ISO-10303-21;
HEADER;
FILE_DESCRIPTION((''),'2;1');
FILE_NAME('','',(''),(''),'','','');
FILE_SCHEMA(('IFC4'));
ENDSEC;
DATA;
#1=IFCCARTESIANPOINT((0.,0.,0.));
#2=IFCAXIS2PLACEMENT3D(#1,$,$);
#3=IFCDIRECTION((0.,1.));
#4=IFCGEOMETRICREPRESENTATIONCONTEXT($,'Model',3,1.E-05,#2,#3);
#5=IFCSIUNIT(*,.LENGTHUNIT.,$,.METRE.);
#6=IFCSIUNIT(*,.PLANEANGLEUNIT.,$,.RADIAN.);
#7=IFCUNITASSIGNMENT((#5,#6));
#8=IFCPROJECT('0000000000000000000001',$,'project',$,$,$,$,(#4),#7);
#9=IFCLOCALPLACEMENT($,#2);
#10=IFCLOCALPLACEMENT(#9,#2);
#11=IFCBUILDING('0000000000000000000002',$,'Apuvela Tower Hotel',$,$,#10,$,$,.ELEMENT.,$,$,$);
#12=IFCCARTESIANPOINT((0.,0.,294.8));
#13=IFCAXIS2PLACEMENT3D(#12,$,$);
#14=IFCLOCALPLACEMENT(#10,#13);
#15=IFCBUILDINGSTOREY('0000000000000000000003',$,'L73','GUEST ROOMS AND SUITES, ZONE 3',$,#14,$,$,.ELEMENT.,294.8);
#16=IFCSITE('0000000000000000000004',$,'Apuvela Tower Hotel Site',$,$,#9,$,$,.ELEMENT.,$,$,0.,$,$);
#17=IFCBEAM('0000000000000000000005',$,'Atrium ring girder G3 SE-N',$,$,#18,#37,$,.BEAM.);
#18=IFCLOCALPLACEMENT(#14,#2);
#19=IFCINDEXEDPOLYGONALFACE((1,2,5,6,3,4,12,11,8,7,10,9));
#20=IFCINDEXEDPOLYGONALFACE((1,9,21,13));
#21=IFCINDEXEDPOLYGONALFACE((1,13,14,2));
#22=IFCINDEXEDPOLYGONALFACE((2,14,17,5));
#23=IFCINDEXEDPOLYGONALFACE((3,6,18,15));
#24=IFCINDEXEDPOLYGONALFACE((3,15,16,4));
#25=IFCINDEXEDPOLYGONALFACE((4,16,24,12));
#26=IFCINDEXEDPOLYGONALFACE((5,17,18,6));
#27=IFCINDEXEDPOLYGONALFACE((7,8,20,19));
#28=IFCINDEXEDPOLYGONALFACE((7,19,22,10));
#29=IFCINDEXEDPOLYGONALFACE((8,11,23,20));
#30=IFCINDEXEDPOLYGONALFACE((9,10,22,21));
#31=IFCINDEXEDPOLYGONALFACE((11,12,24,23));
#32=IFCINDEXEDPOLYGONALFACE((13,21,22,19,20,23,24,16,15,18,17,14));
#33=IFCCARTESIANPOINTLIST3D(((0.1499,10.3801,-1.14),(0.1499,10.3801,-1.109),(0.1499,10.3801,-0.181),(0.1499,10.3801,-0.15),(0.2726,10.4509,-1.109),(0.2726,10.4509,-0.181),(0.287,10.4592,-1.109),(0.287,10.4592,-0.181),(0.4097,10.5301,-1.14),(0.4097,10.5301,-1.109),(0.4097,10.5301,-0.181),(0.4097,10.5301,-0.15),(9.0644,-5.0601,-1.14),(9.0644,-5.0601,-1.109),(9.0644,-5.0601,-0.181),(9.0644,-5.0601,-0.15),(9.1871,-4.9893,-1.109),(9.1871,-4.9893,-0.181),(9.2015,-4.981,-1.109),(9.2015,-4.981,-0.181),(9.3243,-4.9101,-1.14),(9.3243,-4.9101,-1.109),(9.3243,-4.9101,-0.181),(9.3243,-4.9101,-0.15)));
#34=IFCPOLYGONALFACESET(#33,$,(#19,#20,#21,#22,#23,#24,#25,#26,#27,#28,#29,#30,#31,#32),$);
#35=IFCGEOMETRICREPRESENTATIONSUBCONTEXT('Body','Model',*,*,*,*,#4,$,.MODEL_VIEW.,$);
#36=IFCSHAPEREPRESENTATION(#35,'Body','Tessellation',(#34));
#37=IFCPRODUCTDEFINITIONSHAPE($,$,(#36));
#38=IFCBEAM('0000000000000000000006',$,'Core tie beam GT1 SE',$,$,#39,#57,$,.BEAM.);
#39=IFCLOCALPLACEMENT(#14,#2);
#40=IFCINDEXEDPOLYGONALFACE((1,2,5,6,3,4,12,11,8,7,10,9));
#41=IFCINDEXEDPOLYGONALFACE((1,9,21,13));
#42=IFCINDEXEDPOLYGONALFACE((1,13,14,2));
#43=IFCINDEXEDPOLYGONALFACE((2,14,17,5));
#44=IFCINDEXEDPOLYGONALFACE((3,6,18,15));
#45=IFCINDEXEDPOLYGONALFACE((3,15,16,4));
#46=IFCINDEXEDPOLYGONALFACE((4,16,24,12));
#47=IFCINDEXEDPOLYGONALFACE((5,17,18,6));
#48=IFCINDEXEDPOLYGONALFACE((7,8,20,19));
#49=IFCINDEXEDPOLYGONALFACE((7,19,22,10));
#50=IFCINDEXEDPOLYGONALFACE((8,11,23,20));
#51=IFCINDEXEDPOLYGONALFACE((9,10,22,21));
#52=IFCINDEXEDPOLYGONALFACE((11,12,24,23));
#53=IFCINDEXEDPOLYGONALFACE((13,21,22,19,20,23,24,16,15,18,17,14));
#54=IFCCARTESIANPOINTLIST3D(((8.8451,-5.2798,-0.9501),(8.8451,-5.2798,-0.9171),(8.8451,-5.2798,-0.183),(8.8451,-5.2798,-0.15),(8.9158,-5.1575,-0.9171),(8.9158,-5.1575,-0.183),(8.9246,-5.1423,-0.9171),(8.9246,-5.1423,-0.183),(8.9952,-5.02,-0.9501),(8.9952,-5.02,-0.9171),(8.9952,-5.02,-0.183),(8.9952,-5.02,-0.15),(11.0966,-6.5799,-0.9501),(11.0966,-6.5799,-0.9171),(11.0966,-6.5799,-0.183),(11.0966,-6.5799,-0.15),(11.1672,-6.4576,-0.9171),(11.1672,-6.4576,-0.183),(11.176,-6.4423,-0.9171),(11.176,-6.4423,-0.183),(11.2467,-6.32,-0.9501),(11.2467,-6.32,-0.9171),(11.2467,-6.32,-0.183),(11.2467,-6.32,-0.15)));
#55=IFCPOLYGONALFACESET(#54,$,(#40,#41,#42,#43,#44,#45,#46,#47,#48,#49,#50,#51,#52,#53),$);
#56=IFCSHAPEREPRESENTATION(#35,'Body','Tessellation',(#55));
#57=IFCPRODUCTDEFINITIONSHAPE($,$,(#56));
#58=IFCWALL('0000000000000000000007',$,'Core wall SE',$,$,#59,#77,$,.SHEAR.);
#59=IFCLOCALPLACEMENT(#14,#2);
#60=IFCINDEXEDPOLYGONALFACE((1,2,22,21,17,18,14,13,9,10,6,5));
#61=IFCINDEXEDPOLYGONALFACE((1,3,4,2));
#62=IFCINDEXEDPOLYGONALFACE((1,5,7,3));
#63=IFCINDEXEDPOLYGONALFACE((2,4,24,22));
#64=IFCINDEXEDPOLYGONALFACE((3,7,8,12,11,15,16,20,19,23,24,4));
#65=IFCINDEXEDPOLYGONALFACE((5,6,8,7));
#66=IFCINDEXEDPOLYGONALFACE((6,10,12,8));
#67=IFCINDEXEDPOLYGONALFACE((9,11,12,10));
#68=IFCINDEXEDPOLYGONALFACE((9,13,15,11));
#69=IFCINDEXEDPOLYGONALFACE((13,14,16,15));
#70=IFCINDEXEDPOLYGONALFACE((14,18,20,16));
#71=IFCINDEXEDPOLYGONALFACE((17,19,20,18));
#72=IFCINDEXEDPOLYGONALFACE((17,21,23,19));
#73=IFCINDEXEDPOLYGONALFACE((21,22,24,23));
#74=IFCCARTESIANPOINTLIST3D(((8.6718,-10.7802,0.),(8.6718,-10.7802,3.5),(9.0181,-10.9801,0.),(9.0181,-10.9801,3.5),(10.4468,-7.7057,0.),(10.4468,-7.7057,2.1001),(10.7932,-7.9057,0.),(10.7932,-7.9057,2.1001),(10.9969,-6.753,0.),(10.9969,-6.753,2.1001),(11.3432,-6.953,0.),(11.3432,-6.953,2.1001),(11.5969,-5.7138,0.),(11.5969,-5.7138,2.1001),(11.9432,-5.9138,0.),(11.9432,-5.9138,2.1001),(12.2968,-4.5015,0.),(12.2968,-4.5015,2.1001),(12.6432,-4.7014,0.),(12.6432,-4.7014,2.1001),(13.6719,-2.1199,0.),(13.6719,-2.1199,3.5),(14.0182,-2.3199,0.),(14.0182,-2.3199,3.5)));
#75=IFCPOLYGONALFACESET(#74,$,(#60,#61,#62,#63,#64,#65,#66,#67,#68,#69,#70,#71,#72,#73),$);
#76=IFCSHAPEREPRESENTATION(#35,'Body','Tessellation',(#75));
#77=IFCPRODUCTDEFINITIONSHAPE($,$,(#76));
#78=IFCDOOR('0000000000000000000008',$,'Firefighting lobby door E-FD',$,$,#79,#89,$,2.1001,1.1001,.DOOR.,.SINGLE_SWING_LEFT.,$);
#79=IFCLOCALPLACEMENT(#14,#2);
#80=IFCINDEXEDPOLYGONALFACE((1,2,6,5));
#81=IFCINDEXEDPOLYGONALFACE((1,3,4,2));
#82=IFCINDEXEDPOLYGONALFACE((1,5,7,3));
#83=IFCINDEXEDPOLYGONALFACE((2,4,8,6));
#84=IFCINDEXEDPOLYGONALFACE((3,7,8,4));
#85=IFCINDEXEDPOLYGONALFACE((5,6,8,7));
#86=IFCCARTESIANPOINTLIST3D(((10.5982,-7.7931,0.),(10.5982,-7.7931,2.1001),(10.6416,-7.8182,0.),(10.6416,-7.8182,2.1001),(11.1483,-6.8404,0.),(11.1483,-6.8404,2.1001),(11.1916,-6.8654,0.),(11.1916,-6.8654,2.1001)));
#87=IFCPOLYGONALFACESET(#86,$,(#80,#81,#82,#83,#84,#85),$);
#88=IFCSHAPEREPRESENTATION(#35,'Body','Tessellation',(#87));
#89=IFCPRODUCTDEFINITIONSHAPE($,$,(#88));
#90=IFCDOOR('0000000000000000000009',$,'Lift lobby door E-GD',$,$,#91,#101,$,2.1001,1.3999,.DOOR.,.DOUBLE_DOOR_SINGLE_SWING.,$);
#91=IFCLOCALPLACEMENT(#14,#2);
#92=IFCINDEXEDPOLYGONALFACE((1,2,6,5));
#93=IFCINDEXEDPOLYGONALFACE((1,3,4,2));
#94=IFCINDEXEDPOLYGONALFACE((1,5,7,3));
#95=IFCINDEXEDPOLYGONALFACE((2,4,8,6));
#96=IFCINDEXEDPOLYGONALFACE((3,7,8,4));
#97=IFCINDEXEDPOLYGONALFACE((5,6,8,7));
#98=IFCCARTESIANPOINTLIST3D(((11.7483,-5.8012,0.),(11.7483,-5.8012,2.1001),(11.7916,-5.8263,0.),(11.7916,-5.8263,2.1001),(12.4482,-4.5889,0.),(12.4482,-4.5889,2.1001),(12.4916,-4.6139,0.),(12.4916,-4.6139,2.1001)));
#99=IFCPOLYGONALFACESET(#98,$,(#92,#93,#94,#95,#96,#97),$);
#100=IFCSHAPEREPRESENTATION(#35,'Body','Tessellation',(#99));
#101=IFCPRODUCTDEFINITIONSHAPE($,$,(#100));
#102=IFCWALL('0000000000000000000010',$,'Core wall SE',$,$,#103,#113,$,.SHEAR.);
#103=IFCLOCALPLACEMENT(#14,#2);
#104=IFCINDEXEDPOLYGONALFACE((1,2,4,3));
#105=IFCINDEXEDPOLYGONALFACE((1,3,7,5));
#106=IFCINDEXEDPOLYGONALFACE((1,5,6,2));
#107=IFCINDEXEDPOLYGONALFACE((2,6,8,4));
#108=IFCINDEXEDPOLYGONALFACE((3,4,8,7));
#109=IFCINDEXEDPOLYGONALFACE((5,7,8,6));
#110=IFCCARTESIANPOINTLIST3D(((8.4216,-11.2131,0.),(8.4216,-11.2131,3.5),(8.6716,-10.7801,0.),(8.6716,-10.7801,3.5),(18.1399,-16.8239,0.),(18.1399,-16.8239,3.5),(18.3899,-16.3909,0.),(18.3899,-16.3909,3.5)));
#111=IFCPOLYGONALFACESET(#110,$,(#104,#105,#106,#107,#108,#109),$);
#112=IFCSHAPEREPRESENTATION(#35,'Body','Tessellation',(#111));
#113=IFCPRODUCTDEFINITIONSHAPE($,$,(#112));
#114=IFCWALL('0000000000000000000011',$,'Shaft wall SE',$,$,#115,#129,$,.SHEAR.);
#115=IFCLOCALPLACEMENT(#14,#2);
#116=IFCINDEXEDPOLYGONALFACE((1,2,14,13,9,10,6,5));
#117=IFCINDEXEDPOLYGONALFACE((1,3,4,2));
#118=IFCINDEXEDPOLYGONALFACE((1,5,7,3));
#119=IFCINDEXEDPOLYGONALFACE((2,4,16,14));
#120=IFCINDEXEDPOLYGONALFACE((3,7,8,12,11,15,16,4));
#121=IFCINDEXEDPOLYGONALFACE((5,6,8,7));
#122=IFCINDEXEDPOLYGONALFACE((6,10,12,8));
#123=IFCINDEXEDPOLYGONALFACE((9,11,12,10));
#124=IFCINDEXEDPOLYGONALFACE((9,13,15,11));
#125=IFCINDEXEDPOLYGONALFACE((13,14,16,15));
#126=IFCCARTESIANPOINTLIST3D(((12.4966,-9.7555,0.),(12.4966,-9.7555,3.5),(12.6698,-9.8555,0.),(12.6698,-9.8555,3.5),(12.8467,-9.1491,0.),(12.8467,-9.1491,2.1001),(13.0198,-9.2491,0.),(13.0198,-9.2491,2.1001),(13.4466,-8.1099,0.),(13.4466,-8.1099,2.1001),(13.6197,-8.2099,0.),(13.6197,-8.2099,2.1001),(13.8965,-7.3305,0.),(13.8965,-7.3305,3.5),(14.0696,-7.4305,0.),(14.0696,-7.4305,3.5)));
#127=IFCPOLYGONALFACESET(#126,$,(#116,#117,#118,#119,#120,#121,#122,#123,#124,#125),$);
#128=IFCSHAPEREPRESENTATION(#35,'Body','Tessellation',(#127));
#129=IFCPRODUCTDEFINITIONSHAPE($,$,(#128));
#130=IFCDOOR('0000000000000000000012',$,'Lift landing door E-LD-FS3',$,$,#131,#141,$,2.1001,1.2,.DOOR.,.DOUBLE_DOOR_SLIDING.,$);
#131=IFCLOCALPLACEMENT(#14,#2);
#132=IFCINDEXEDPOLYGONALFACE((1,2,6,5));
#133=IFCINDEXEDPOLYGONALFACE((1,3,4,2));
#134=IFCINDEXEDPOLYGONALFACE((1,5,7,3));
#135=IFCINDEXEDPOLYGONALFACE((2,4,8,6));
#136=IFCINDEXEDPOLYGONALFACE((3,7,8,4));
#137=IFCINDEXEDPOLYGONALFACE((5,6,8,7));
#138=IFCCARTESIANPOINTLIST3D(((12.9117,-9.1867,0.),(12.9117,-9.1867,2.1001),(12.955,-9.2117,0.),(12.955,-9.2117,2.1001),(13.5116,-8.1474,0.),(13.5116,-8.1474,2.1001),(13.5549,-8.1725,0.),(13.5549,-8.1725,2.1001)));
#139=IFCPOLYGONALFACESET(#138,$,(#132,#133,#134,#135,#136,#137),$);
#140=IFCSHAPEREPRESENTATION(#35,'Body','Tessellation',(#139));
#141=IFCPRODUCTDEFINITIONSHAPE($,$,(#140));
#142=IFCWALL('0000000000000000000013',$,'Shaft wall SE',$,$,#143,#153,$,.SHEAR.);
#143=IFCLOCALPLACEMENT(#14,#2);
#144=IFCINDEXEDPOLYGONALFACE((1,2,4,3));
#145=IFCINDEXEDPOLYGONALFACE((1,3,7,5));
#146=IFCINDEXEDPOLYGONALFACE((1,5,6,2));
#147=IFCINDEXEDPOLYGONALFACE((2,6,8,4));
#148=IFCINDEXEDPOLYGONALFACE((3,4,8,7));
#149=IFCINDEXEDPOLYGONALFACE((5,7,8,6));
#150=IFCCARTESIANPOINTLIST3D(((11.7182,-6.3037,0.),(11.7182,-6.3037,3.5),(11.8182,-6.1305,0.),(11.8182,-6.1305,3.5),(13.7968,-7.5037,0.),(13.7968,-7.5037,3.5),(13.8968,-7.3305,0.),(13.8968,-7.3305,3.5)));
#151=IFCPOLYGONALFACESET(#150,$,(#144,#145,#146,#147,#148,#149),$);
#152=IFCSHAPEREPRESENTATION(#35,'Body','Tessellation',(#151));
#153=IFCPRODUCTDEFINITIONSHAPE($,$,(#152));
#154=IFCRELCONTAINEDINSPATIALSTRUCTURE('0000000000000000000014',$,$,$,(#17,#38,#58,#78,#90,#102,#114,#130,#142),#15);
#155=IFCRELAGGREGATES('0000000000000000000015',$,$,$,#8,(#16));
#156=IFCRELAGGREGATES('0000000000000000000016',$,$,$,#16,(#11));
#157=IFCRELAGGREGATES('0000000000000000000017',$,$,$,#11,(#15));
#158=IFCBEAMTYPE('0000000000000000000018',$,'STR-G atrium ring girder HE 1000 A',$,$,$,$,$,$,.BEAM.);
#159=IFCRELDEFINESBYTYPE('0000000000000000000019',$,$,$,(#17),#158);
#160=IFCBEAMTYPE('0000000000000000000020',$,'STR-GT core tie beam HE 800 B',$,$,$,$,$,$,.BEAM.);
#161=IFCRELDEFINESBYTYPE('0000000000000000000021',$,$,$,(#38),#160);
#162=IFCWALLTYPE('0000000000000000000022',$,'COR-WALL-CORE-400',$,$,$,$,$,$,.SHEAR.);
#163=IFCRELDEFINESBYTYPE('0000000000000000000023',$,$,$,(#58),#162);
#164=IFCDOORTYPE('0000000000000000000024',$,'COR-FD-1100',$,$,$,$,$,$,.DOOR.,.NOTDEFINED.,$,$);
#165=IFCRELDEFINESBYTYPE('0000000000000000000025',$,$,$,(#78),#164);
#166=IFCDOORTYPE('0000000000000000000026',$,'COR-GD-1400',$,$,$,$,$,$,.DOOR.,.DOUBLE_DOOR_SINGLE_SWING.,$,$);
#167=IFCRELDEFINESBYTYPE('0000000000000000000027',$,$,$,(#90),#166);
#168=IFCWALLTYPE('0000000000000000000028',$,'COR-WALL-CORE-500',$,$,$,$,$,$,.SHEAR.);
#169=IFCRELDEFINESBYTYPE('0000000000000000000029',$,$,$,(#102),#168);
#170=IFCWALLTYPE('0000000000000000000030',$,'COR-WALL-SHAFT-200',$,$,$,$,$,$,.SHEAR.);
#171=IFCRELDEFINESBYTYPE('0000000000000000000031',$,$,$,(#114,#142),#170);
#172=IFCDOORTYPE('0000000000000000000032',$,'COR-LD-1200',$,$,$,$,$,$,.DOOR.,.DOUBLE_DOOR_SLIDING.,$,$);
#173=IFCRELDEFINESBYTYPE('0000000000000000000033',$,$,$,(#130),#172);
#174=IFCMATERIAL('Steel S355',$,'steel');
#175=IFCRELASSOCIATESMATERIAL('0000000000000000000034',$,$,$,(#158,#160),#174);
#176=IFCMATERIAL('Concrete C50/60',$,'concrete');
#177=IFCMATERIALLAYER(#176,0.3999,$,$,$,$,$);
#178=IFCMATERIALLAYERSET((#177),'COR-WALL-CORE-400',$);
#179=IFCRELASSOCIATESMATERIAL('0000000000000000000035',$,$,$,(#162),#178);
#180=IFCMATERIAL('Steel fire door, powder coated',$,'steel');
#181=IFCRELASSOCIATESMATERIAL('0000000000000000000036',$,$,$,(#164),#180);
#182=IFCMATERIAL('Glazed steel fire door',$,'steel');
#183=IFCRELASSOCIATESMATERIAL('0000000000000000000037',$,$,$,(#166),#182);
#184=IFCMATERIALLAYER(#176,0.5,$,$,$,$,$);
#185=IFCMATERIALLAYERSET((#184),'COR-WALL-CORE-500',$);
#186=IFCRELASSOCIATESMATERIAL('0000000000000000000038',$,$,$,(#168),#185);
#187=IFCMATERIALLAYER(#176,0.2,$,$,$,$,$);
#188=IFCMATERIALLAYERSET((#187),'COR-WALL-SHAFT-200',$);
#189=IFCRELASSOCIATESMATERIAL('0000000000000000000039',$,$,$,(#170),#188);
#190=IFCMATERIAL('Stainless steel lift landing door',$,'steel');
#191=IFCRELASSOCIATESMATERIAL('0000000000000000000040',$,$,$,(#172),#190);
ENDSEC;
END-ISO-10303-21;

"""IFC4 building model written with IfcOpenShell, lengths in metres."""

from ifc_helpers import new_model, si_unit, direction, frame, frame_2d, origin, origin_2d, place, context, subcontext, project, spatial, rectangle, i_section, extrude, material, layer, layer_set, material_profile, profile_set, type_object, element, fill, save


model = new_model("IFC4")

# Units and contexts
model_context = context("Model", 3, precision=1e-05, world=origin(), true_north=direction((0.0, 1.0)))
body_context = subcontext(model_context, "Body", "Model", "MODEL_VIEW")
ifc_project = project(units=[si_unit("LENGTHUNIT", "METRE"), si_unit("PLANEANGLEUNIT", "RADIAN")], contexts=[model_context])

# Site, building, storey
site_placement = place(None, origin())
site = spatial("IfcSite", under=ifc_project, at=site_placement, Name="Apuvela Tower Hotel Site", CompositionType="ELEMENT", RefElevation=0.0)
building_placement = place(site_placement, origin())
building = spatial("IfcBuilding", under=site, at=building_placement, Name="Apuvela Tower Hotel", CompositionType="ELEMENT")
storey_placement = place(building_placement, frame((0.0, 0.0, 294.8)))
storey = spatial("IfcBuildingStorey", under=building, at=storey_placement, Name="L73", Description="GUEST ROOMS AND SUITES, ZONE 3", CompositionType="ELEMENT", Elevation=294.8)

# Beams
ifc_material_1 = material(Name="Steel S355", Category="steel")
ifc_material_profile_1 = material_profile(ifc_material_1, i_section(OverallWidth=0.3, OverallDepth=0.99, WebThickness=0.0166, FlangeThickness=0.031, at=origin_2d()), Name="HE 1000 A")
ifc_profile_set_1 = profile_set([ifc_material_profile_1], Name="Steel S355")
beam_type_1 = type_object("IfcBeamType", Name="STR-G atrium ring girder HE 1000 A", PredefinedType="BEAM", material=ifc_profile_set_1)
beam_1_placement = place(storey_placement, frame((9.1943, -4.9851, -0.645), z_axis=(-0.500007, 0.866022, 0.0), x_axis=(-0.866022, -0.500007, 0.0)))
element("IfcBeam", 1, at=beam_1_placement, inside=storey, type_object=beam_type_1, Name="Atrium ring girder G3 SE-N", PredefinedType="BEAM", context=body_context, shape_type="SweptSolid", body=[
    extrude(i_section(OverallWidth=0.3, OverallDepth=0.99, WebThickness=0.0166, FlangeThickness=0.031, at=origin_2d()), origin(), (0.0, 0.0, 1.0), 17.8289),
])
ifc_material_profile_2 = material_profile(ifc_material_1, i_section(OverallWidth=0.3, OverallDepth=0.8, WebThickness=0.0176, FlangeThickness=0.033, at=origin_2d()), Name="HE 800 B")
ifc_profile_set_2 = profile_set([ifc_material_profile_2], Name="Steel S355")
beam_type_2 = type_object("IfcBeamType", Name="STR-GT core tie beam HE 800 B", PredefinedType="BEAM", material=ifc_profile_set_2)
beam_2_placement = place(storey_placement, frame((11.1716, -6.45, -0.55), z_axis=(-0.865998, 0.500048, 0.0), x_axis=(-0.500048, -0.865998, 0.0)))
element("IfcBeam", 2, at=beam_2_placement, inside=storey, type_object=beam_type_2, Name="Core tie beam GT1 SE", PredefinedType="BEAM", context=body_context, shape_type="SweptSolid", body=[
    extrude(i_section(OverallWidth=0.3, OverallDepth=0.8, WebThickness=0.0176, FlangeThickness=0.033, at=origin_2d()), origin(), (0.0, 0.0, 1.0), 2.5999),
])

# Wall, openings, doors
ifc_material_2 = material(Name="Concrete C50/60", Category="concrete")
ifc_layer_1 = layer(ifc_material_2, 0.3999)
ifc_layer_set_1 = layer_set([ifc_layer_1], Name="COR-WALL-CORE-400")
wall_type_1 = type_object("IfcWallType", Name="COR-WALL-CORE-400", PredefinedType="SHEAR", material=ifc_layer_set_1)
wall_1_placement = place(storey_placement, frame((8.845, -10.8801, 0.0), z_axis=(0.0, 0.0, 1.0), x_axis=(0.500004, 0.866023, 0.0)))
wall_1 = element("IfcWall", 3, at=wall_1_placement, inside=storey, type_object=wall_type_1, Name="Core wall SE", PredefinedType="SHEAR", context=body_context, shape_type="SweptSolid", body=[
    extrude(rectangle(XDim=10.0, YDim=0.3999, at=frame_2d((5.0, 0.0))), origin(), (0.0, 0.0, 1.0), 3.5),
])
opening_1_placement = place(wall_1_placement, frame((3.55, 0.0, 0.0)))
opening_1 = element("IfcOpeningElement", 4, at=opening_1_placement, cuts=wall_1, PredefinedType="OPENING", context=body_context, shape_type="SweptSolid", body=[
    extrude(rectangle(XDim=1.1001, YDim=2.1001, at=frame_2d((0.55, 1.05))), frame((0.0, 0.21, 0.0), z_axis=(0.0, -1.0, 0.0), x_axis=(1.0, 0.0, 0.0)), (0.0, 0.0, 1.0), 0.4199),
])
opening_2_placement = place(wall_1_placement, frame((5.8501, 0.0, 0.0)))
opening_2 = element("IfcOpeningElement", 5, at=opening_2_placement, cuts=wall_1, PredefinedType="OPENING", context=body_context, shape_type="SweptSolid", body=[
    extrude(rectangle(XDim=1.3999, YDim=2.1001, at=frame_2d((0.7, 1.05))), frame((0.0, 0.21, 0.0), z_axis=(0.0, -1.0, 0.0), x_axis=(1.0, 0.0, 0.0)), (0.0, 0.0, 1.0), 0.4199),
])
ifc_material_3 = material(Name="Steel fire door, powder coated", Category="steel")
door_type_1 = type_object("IfcDoorType", Name="COR-FD-1100", OperationType="NOTDEFINED", PredefinedType="DOOR", material=ifc_material_3)
door_1_placement = place(opening_1_placement, frame((1.1001, 0.0, 0.0), z_axis=(0.0, 0.0, 1.0), x_axis=(-1.0, 0.0, 0.0)))
door_1 = element("IfcDoor", 6, at=door_1_placement, inside=storey, type_object=door_type_1, Name="Firefighting lobby door E-FD", OperationType="SINGLE_SWING_LEFT", OverallHeight=2.1001, OverallWidth=1.1001, PredefinedType="DOOR", context=body_context, shape_type="SweptSolid", body=[
    extrude(rectangle(XDim=1.1001, YDim=2.1001, at=frame_2d((0.55, 1.05))), frame((0.0, 0.0249, 0.0), z_axis=(0.0, -1.0, 0.0), x_axis=(1.0, 0.0, 0.0)), (0.0, 0.0, 1.0), 0.05),
])
fill(opening_1, door_1)
ifc_material_4 = material(Name="Glazed steel fire door", Category="steel")
door_type_2 = type_object("IfcDoorType", Name="COR-GD-1400", OperationType="DOUBLE_DOOR_SINGLE_SWING", PredefinedType="DOOR", material=ifc_material_4)
door_2_placement = place(opening_2_placement, frame((1.3999, 0.0, 0.0), z_axis=(0.0, 0.0, 1.0), x_axis=(-1.0, 0.0, 0.0)))
door_2 = element("IfcDoor", 7, at=door_2_placement, inside=storey, type_object=door_type_2, Name="Lift lobby door E-GD", OperationType="DOUBLE_DOOR_SINGLE_SWING", OverallHeight=2.1001, OverallWidth=1.3999, PredefinedType="DOOR", context=body_context, shape_type="SweptSolid", body=[
    extrude(rectangle(XDim=1.3999, YDim=2.1001, at=frame_2d((0.7, 1.05))), frame((0.0, 0.0249, 0.0), z_axis=(0.0, -1.0, 0.0), x_axis=(1.0, 0.0, 0.0)), (0.0, 0.0, 1.0), 0.05),
])
fill(opening_2, door_2)

# Wall
ifc_layer_2 = layer(ifc_material_2, 0.5)
ifc_layer_set_2 = layer_set([ifc_layer_2], Name="COR-WALL-CORE-500")
wall_type_2 = type_object("IfcWallType", Name="COR-WALL-CORE-500", PredefinedType="SHEAR", material=ifc_layer_set_2)
wall_2_placement = place(storey_placement, frame((8.5466, -10.9966, 0.0), z_axis=(0.0, 0.0, 1.0), x_axis=(0.866025, -0.5, 0.0)))
element("IfcWall", 8, at=wall_2_placement, inside=storey, type_object=wall_type_2, Name="Core wall SE", PredefinedType="SHEAR", context=body_context, shape_type="SweptSolid", body=[
    extrude(rectangle(XDim=11.2217, YDim=0.5, at=frame_2d((5.6108, 0.0))), origin(), (0.0, 0.0, 1.0), 3.5),
])

# Wall, opening, door
ifc_layer_3 = layer(ifc_material_2, 0.2)
ifc_layer_set_3 = layer_set([ifc_layer_3], Name="COR-WALL-SHAFT-200")
wall_type_3 = type_object("IfcWallType", Name="COR-WALL-SHAFT-200", PredefinedType="SHEAR", material=ifc_layer_set_3)
wall_3_placement = place(storey_placement, frame((12.5833, -9.8054, 0.0), z_axis=(0.0, 0.0, 1.0), x_axis=(0.499946, 0.866056, 0.0)))
wall_3 = element("IfcWall", 9, at=wall_3_placement, inside=storey, type_object=wall_type_3, Name="Shaft wall SE", PredefinedType="SHEAR", context=body_context, shape_type="SweptSolid", body=[
    extrude(rectangle(XDim=2.8, YDim=0.2, at=frame_2d((1.3999, 0.0))), origin(), (0.0, 0.0, 1.0), 3.5),
])
opening_3_placement = place(wall_3_placement, frame((0.7, 0.0, 0.0)))
opening_3 = element("IfcOpeningElement", 10, at=opening_3_placement, cuts=wall_3, PredefinedType="OPENING", context=body_context, shape_type="SweptSolid", body=[
    extrude(rectangle(XDim=1.2, YDim=2.1001, at=frame_2d((0.6001, 1.05))), frame((0.0, 0.1099, 0.0), z_axis=(0.0, -1.0, 0.0), x_axis=(1.0, 0.0, 0.0)), (0.0, 0.0, 1.0), 0.22),
])
ifc_material_5 = material(Name="Stainless steel lift landing door", Category="steel")
door_type_3 = type_object("IfcDoorType", Name="COR-LD-1200", OperationType="DOUBLE_DOOR_SLIDING", PredefinedType="DOOR", material=ifc_material_5)
door_3_placement = place(opening_3_placement, origin())
door_3 = element("IfcDoor", 11, at=door_3_placement, inside=storey, type_object=door_type_3, Name="Lift landing door E-LD-FS3", OperationType="DOUBLE_DOOR_SLIDING", OverallHeight=2.1001, OverallWidth=1.2, PredefinedType="DOOR", context=body_context, shape_type="SweptSolid", body=[
    extrude(rectangle(XDim=1.2, YDim=2.1001, at=frame_2d((0.6001, 1.05))), frame((0.0, 0.0249, 0.0), z_axis=(0.0, -1.0, 0.0), x_axis=(1.0, 0.0, 0.0)), (0.0, 0.0, 1.0), 0.05),
])
fill(opening_3, door_3)

# Wall
wall_4_placement = place(storey_placement, frame((11.7681, -6.217, 0.0), z_axis=(0.0, 0.0, 1.0), x_axis=(0.86605, -0.499957, 0.0)))
element("IfcWall", 12, at=wall_4_placement, inside=storey, type_object=wall_type_3, Name="Shaft wall SE", PredefinedType="SHEAR", context=body_context, shape_type="SweptSolid", body=[
    extrude(rectangle(XDim=2.4001, YDim=0.2, at=frame_2d((1.2002, 0.0))), origin(), (0.0, 0.0, 1.0), 3.5),
])

save(model, "model.ifc")
